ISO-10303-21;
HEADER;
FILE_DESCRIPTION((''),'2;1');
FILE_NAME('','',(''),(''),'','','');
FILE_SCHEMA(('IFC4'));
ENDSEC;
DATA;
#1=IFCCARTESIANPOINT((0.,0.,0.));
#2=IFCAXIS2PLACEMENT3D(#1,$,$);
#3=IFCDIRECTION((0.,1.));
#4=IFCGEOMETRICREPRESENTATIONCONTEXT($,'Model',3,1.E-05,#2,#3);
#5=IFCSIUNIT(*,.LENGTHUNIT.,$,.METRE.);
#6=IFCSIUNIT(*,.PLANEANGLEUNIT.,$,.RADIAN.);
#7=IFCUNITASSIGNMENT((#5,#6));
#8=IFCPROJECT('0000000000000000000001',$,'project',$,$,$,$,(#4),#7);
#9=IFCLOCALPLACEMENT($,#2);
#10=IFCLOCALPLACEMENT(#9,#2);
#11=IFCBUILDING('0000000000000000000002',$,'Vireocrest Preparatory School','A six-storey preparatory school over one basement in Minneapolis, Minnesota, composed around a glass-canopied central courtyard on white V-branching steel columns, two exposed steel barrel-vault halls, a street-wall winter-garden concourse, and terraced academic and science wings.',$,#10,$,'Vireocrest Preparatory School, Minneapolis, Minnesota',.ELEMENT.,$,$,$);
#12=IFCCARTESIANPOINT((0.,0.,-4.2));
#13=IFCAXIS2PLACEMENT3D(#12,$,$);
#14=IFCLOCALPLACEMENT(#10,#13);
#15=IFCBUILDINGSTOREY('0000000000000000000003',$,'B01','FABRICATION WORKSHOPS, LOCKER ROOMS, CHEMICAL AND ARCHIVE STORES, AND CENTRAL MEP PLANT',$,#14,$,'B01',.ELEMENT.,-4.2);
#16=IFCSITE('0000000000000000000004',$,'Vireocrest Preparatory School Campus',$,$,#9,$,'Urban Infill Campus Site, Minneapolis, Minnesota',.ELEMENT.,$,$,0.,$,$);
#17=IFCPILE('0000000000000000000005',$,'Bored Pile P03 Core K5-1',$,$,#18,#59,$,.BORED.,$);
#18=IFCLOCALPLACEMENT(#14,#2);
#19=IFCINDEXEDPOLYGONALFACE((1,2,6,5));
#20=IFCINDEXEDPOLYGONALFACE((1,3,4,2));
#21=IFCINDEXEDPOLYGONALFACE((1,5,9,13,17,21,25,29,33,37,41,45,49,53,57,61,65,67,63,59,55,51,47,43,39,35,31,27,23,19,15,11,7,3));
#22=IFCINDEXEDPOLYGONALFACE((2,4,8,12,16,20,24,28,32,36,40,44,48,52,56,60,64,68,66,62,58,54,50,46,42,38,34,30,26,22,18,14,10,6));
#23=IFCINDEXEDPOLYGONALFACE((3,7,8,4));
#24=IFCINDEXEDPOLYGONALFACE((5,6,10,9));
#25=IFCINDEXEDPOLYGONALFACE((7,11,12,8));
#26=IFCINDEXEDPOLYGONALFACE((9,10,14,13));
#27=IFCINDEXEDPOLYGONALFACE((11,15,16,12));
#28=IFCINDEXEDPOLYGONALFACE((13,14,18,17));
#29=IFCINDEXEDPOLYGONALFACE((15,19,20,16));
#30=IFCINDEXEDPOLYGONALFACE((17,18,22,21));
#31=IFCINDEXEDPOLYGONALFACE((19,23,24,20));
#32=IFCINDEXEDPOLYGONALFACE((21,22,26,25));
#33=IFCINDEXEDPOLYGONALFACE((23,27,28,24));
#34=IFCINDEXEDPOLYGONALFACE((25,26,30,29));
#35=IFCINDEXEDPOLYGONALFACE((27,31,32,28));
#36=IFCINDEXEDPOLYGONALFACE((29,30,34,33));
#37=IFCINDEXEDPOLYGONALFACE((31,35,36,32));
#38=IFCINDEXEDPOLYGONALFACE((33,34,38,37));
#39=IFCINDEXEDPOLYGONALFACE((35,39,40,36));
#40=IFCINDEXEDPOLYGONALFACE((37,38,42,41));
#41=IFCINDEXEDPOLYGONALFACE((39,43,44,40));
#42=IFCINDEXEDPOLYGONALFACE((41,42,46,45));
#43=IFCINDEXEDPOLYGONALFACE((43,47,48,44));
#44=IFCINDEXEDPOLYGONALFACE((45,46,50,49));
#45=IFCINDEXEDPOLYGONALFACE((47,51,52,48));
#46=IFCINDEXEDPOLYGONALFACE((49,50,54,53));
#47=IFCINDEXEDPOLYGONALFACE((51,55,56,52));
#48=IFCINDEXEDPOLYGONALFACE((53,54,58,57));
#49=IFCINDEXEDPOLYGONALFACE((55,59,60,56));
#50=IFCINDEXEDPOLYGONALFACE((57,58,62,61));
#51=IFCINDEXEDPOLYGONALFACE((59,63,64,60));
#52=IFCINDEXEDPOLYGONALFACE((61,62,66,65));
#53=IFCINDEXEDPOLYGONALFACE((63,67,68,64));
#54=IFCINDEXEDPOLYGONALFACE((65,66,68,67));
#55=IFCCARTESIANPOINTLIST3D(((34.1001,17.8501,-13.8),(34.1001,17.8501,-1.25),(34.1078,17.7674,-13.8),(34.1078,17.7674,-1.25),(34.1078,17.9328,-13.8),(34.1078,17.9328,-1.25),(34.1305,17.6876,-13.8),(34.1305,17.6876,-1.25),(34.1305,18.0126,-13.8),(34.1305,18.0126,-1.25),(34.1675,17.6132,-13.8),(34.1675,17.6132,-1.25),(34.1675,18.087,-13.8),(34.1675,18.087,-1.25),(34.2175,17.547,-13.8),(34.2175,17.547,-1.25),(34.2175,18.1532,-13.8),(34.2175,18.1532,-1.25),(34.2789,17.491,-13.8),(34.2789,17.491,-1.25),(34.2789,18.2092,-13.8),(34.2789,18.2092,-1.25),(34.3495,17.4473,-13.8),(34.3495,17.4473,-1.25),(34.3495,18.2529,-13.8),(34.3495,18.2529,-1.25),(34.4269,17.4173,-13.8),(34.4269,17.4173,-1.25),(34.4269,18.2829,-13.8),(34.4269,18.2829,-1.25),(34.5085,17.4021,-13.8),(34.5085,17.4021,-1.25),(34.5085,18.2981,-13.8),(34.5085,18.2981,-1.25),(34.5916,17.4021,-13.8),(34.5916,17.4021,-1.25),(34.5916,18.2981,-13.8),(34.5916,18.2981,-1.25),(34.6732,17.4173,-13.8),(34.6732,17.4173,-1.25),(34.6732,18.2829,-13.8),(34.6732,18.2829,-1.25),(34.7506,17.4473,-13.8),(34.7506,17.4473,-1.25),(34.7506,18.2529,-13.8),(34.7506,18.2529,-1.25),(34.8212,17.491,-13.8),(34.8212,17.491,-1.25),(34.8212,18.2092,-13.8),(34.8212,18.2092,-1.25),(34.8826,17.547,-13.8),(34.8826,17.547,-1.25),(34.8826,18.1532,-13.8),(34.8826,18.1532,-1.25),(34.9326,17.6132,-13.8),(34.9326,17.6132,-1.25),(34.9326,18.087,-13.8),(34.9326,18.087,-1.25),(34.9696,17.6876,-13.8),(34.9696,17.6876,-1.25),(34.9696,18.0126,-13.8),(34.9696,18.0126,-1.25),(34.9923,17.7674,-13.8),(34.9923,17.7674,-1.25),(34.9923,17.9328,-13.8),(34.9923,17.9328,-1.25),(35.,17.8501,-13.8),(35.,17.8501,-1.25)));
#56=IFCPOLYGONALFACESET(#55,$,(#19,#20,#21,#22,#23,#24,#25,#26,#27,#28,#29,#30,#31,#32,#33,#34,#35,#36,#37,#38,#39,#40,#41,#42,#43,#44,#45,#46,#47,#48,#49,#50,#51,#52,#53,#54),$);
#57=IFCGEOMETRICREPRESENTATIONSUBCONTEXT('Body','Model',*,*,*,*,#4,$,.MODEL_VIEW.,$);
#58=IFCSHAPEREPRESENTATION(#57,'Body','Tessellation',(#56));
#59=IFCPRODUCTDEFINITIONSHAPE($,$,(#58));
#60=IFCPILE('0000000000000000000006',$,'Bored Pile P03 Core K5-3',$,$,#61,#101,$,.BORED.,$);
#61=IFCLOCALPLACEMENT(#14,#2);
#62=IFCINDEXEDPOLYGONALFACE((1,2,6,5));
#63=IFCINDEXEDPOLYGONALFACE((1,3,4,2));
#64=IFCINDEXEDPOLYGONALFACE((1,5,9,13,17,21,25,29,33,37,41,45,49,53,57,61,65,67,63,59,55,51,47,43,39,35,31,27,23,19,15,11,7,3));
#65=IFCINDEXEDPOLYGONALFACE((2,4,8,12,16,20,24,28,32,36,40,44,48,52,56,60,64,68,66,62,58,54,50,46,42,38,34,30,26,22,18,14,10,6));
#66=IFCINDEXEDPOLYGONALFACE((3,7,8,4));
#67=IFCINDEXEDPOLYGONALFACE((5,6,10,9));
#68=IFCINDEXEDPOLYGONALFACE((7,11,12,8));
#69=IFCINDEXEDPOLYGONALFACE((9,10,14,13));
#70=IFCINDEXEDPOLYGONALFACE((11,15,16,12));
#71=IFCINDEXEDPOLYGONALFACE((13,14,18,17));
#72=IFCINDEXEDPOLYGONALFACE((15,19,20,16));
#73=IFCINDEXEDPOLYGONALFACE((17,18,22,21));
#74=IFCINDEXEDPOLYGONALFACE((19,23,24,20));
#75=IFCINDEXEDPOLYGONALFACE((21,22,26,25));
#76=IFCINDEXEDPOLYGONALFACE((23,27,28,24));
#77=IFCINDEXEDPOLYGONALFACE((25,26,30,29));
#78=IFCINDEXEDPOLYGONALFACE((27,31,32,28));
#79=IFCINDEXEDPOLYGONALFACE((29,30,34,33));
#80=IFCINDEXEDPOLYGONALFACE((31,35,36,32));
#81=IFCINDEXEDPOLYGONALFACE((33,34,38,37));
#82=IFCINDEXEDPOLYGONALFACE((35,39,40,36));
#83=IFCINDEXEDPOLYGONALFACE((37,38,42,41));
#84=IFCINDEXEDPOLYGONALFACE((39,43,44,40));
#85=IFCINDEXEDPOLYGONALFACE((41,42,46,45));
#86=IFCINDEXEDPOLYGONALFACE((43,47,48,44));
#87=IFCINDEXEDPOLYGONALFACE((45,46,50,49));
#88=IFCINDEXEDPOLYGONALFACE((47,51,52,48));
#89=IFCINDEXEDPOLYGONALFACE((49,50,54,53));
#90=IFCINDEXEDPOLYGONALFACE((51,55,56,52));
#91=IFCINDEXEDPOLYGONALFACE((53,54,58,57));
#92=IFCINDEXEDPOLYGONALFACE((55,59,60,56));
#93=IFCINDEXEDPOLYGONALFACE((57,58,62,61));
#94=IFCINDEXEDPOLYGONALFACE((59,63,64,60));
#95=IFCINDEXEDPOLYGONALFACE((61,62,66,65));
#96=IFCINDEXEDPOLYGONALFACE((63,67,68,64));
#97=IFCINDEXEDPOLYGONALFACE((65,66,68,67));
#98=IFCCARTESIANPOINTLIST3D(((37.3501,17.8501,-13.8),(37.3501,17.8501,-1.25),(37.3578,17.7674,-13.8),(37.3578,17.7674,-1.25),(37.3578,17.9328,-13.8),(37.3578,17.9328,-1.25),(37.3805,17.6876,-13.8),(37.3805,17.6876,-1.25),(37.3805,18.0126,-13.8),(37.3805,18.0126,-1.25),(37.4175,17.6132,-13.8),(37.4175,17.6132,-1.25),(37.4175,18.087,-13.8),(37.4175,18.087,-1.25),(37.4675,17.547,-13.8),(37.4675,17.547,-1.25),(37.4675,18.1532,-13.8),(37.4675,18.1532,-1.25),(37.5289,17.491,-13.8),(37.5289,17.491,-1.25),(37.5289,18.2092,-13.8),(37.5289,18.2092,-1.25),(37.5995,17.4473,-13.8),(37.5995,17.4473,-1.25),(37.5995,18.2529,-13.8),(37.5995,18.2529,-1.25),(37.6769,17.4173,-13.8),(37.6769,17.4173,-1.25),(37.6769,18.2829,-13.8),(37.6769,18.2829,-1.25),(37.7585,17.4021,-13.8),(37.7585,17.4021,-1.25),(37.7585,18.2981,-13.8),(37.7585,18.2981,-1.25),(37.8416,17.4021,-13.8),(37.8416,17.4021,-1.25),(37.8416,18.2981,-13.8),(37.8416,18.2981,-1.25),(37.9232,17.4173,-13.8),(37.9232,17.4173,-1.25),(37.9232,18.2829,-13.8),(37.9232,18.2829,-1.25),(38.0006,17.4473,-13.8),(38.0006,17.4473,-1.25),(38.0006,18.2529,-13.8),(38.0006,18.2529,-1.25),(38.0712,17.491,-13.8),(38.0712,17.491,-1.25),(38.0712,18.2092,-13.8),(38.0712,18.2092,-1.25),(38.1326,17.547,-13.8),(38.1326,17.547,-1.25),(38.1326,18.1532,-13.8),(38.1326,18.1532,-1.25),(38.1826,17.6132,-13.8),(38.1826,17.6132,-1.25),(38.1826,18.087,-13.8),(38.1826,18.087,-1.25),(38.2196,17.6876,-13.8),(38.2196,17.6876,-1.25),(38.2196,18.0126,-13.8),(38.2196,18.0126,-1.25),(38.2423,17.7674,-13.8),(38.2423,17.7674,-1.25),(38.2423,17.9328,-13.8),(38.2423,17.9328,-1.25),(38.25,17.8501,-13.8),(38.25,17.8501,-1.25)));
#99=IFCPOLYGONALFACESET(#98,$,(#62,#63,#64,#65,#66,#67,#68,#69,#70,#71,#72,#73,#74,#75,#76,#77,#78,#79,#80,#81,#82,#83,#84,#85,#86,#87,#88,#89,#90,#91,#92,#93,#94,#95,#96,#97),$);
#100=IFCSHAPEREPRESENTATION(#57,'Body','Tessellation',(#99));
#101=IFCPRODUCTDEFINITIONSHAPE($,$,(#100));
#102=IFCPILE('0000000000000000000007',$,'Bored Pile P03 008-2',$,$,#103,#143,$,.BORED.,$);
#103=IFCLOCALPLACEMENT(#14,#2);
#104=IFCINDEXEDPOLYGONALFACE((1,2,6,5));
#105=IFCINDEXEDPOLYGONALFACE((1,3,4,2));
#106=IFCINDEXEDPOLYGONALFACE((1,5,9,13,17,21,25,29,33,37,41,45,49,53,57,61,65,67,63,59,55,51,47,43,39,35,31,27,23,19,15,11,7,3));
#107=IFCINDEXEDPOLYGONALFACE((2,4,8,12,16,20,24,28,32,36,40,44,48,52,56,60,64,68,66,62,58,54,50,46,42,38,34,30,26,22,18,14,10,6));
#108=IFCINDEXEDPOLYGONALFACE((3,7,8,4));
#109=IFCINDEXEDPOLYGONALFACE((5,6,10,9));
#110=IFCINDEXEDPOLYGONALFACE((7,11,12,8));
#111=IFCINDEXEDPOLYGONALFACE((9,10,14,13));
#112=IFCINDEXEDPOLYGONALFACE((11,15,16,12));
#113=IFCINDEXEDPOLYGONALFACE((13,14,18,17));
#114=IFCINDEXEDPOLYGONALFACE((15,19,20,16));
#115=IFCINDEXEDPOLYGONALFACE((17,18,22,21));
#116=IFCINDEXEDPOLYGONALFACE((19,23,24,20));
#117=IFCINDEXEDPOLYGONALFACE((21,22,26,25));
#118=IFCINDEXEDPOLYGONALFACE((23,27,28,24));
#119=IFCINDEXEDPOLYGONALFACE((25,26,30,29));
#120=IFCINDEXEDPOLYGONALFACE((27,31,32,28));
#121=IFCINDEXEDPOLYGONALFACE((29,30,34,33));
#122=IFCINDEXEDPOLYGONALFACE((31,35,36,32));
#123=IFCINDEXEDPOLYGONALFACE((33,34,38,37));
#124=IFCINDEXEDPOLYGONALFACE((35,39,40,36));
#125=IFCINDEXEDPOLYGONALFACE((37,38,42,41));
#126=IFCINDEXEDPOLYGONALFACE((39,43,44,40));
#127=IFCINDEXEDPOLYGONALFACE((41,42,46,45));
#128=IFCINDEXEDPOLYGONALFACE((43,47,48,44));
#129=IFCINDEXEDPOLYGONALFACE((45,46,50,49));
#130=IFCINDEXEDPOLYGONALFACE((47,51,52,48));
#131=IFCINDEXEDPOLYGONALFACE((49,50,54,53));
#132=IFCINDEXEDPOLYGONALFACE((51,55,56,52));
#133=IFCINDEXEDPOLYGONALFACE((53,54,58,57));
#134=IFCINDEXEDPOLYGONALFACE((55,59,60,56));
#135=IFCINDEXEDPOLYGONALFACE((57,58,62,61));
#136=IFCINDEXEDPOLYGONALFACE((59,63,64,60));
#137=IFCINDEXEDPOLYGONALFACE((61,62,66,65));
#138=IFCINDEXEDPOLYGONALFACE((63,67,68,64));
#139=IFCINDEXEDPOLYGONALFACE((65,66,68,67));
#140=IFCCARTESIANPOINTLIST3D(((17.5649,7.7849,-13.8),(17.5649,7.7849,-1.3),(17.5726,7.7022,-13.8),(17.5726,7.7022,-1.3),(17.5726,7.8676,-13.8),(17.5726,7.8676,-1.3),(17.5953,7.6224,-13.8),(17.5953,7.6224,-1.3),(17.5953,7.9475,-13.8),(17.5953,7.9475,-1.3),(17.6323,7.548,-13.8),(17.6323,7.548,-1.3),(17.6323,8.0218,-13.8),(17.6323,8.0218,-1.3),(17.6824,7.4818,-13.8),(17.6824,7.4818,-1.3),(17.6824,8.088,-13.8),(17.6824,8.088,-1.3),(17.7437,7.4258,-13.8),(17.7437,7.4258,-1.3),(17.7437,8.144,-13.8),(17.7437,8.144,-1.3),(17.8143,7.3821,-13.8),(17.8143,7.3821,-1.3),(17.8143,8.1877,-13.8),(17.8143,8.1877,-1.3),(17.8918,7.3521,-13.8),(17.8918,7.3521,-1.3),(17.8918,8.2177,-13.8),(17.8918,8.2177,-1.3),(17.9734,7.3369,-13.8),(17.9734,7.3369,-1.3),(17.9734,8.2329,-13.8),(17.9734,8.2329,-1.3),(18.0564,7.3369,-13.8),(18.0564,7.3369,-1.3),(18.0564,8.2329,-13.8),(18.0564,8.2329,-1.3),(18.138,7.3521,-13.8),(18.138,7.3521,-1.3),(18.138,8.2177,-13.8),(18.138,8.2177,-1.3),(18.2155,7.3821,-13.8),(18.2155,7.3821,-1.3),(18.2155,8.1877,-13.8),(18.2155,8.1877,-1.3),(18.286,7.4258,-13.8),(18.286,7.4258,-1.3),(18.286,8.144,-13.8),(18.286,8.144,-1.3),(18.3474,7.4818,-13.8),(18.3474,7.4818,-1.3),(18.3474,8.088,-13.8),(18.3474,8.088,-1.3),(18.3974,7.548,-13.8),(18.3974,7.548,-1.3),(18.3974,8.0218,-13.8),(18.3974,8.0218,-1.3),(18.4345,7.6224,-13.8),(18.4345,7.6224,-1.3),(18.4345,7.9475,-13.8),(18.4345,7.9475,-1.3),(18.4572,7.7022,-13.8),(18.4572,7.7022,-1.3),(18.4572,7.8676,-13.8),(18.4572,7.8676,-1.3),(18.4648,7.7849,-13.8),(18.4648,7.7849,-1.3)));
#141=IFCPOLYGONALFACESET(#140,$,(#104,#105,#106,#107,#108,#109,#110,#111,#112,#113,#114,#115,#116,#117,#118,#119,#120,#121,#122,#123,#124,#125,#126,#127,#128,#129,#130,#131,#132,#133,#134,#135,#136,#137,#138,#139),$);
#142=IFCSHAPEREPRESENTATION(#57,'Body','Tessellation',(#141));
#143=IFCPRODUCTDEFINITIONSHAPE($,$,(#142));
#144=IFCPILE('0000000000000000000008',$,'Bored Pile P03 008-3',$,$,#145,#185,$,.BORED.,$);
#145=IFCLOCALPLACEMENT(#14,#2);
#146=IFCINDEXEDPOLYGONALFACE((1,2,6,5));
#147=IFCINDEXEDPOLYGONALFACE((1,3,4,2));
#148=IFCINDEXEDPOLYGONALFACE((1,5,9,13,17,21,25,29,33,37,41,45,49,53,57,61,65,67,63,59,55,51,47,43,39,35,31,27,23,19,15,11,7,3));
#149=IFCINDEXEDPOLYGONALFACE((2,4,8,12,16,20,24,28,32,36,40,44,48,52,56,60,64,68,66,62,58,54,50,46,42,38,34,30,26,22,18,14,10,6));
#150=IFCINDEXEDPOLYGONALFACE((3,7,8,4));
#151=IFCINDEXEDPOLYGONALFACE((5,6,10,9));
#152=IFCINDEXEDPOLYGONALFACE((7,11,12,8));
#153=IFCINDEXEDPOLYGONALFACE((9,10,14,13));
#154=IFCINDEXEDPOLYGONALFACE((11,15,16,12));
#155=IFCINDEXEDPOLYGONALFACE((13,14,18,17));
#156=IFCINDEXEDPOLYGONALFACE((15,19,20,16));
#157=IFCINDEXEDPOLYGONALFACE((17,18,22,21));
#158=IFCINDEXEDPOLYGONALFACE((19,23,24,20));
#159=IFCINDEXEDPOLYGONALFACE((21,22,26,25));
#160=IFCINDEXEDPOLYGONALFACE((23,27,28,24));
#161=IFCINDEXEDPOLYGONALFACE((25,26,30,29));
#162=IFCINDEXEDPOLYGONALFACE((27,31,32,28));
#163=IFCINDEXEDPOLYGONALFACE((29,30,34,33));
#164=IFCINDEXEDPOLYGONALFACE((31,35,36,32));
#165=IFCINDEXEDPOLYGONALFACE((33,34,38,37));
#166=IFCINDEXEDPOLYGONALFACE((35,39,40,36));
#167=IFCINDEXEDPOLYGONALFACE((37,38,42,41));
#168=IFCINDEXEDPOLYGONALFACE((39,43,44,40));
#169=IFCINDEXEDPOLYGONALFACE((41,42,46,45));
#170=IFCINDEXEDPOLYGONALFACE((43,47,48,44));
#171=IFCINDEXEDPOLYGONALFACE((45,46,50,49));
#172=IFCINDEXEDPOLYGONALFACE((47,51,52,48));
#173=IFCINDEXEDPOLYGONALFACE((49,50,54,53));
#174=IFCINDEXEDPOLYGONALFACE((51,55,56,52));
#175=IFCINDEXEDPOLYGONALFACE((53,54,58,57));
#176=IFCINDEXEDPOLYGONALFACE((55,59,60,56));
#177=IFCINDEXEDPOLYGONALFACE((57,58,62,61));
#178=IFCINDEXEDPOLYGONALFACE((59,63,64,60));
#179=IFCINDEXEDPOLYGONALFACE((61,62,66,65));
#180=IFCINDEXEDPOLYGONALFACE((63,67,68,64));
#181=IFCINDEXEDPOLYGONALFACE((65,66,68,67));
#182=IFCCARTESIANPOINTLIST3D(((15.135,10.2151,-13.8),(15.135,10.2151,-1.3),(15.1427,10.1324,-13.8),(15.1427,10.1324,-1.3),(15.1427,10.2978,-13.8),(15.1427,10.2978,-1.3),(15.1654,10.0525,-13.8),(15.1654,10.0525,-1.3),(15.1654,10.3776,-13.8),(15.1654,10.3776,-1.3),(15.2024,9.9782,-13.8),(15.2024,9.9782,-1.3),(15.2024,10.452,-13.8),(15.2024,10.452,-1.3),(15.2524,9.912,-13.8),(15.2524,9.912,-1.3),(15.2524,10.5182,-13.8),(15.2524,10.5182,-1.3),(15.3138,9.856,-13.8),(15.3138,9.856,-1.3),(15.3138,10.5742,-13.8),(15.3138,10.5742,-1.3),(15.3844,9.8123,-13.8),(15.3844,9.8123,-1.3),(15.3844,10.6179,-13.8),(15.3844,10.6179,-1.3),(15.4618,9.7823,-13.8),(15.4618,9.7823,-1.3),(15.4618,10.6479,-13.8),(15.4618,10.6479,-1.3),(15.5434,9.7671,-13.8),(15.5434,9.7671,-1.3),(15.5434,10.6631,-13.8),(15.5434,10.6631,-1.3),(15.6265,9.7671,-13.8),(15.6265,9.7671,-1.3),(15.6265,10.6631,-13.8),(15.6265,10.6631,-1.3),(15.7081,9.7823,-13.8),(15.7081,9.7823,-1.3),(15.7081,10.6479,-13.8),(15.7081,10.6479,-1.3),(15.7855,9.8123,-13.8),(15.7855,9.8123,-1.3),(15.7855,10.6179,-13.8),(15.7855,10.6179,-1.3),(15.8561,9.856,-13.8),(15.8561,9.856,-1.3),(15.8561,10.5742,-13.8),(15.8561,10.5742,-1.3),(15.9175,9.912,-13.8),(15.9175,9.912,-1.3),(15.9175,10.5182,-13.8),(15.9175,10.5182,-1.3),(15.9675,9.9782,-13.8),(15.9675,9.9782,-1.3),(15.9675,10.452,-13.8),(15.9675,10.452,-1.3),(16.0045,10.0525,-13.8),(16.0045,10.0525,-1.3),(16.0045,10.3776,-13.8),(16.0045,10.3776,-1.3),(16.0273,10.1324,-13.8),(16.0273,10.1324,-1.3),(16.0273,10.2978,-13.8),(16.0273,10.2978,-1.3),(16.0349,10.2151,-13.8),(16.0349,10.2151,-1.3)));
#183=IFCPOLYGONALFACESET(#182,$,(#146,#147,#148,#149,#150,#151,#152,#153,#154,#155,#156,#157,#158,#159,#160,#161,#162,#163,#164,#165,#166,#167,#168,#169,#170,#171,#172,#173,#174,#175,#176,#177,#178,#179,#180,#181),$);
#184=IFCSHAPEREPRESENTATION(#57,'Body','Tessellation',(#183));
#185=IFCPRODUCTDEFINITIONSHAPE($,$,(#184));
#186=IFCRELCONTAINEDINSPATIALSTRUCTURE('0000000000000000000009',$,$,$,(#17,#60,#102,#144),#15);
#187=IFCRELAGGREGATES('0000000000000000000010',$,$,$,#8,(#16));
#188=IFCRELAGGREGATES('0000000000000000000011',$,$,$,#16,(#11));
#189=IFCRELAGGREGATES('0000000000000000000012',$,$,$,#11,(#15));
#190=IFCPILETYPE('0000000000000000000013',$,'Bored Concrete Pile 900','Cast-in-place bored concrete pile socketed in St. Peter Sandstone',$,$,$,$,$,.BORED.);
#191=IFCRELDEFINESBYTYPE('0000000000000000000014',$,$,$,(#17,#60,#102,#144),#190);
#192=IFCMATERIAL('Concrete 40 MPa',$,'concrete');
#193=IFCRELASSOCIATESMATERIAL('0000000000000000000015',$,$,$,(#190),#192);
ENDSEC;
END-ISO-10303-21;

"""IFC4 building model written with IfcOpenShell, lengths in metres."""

from ifc_helpers import new_model, si_unit, direction, frame, origin, origin_2d, place, context, subcontext, project, spatial, circle, extrude, material, material_profile, profile_set, type_object, element, save


model = new_model("IFC4")

# Units and contexts
model_context = context("Model", 3, precision=1e-05, world=origin(), true_north=direction((0.0, 1.0)))
body_context = subcontext(model_context, "Body", "Model", "MODEL_VIEW")
ifc_project = project(units=[si_unit("LENGTHUNIT", "METRE"), si_unit("PLANEANGLEUNIT", "RADIAN")], contexts=[model_context])

# Site, building, storey
site_placement = place(None, origin())
site = spatial("IfcSite", under=ifc_project, at=site_placement, Name="Vireocrest Preparatory School Campus", LongName="Urban Infill Campus Site, Minneapolis, Minnesota", CompositionType="ELEMENT", RefElevation=0.0)
building_placement = place(site_placement, origin())
building = spatial("IfcBuilding", under=site, at=building_placement, Name="Vireocrest Preparatory School", Description="A six-storey preparatory school over one basement in Minneapolis, Minnesota, composed around a glass-canopied central courtyard on white V-branching steel columns, two exposed steel barrel-vault halls, a street-wall winter-garden concourse, and terraced academic and science wings.", LongName="Vireocrest Preparatory School, Minneapolis, Minnesota", CompositionType="ELEMENT")
storey_placement = place(building_placement, frame((0.0, 0.0, -4.2)))
storey = spatial("IfcBuildingStorey", under=building, at=storey_placement, Name="B01", Description="FABRICATION WORKSHOPS, LOCKER ROOMS, CHEMICAL AND ARCHIVE STORES, AND CENTRAL MEP PLANT", LongName="B01", CompositionType="ELEMENT", Elevation=-4.2)

# Piles
ifc_material_1 = material(Name="Concrete 40 MPa", Category="concrete")
ifc_material_profile_1 = material_profile(ifc_material_1, circle(Radius=0.45, at=origin_2d()), Name="BORED PILE 900")
ifc_profile_set_1 = profile_set([ifc_material_profile_1], Name="Concrete 40 MPa")
pile_type = type_object("IfcPileType", Name="Bored Concrete Pile 900", Description="Cast-in-place bored concrete pile socketed in St. Peter Sandstone", PredefinedType="BORED", material=ifc_profile_set_1)
for number, where, z_axis, x_axis, name in (
    (1, (34.55, 17.8501, -1.25), (0.0, 0.0, -1.0), (1.0, 0.0, 0.0), "Bored Pile P03 Core K5-1"),
    (2, (37.8, 17.8501, -1.25), (0.0, 0.0, -1.0), (1.0, 0.0, 0.0), "Bored Pile P03 Core K5-3"),
):
    element("IfcPile", number, at=place(storey_placement, frame(where, z_axis=z_axis, x_axis=x_axis)), inside=storey, type_object=pile_type, Name=name, PredefinedType="BORED", context=body_context, shape_type="SweptSolid", body=[
        extrude(circle(Radius=0.45, at=origin_2d()), origin(), (0.0, 0.0, 1.0), 12.55),
    ])
for number, where, z_axis, x_axis, name in (
    (3, (18.0149, 7.7849, -1.3), (0.0, 0.0, -1.0), (1.0, 0.0, 0.0), "Bored Pile P03 008-2"),
    (4, (15.585, 10.2151, -1.3), (0.0, 0.0, -1.0), (1.0, 0.0, 0.0), "Bored Pile P03 008-3"),
):
    element("IfcPile", number, at=place(storey_placement, frame(where, z_axis=z_axis, x_axis=x_axis)), inside=storey, type_object=pile_type, Name=name, PredefinedType="BORED", context=body_context, shape_type="SweptSolid", body=[
        extrude(circle(Radius=0.45, at=origin_2d()), origin(), (0.0, 0.0, 1.0), 12.5),
    ])

save(model, "model.ifc")
